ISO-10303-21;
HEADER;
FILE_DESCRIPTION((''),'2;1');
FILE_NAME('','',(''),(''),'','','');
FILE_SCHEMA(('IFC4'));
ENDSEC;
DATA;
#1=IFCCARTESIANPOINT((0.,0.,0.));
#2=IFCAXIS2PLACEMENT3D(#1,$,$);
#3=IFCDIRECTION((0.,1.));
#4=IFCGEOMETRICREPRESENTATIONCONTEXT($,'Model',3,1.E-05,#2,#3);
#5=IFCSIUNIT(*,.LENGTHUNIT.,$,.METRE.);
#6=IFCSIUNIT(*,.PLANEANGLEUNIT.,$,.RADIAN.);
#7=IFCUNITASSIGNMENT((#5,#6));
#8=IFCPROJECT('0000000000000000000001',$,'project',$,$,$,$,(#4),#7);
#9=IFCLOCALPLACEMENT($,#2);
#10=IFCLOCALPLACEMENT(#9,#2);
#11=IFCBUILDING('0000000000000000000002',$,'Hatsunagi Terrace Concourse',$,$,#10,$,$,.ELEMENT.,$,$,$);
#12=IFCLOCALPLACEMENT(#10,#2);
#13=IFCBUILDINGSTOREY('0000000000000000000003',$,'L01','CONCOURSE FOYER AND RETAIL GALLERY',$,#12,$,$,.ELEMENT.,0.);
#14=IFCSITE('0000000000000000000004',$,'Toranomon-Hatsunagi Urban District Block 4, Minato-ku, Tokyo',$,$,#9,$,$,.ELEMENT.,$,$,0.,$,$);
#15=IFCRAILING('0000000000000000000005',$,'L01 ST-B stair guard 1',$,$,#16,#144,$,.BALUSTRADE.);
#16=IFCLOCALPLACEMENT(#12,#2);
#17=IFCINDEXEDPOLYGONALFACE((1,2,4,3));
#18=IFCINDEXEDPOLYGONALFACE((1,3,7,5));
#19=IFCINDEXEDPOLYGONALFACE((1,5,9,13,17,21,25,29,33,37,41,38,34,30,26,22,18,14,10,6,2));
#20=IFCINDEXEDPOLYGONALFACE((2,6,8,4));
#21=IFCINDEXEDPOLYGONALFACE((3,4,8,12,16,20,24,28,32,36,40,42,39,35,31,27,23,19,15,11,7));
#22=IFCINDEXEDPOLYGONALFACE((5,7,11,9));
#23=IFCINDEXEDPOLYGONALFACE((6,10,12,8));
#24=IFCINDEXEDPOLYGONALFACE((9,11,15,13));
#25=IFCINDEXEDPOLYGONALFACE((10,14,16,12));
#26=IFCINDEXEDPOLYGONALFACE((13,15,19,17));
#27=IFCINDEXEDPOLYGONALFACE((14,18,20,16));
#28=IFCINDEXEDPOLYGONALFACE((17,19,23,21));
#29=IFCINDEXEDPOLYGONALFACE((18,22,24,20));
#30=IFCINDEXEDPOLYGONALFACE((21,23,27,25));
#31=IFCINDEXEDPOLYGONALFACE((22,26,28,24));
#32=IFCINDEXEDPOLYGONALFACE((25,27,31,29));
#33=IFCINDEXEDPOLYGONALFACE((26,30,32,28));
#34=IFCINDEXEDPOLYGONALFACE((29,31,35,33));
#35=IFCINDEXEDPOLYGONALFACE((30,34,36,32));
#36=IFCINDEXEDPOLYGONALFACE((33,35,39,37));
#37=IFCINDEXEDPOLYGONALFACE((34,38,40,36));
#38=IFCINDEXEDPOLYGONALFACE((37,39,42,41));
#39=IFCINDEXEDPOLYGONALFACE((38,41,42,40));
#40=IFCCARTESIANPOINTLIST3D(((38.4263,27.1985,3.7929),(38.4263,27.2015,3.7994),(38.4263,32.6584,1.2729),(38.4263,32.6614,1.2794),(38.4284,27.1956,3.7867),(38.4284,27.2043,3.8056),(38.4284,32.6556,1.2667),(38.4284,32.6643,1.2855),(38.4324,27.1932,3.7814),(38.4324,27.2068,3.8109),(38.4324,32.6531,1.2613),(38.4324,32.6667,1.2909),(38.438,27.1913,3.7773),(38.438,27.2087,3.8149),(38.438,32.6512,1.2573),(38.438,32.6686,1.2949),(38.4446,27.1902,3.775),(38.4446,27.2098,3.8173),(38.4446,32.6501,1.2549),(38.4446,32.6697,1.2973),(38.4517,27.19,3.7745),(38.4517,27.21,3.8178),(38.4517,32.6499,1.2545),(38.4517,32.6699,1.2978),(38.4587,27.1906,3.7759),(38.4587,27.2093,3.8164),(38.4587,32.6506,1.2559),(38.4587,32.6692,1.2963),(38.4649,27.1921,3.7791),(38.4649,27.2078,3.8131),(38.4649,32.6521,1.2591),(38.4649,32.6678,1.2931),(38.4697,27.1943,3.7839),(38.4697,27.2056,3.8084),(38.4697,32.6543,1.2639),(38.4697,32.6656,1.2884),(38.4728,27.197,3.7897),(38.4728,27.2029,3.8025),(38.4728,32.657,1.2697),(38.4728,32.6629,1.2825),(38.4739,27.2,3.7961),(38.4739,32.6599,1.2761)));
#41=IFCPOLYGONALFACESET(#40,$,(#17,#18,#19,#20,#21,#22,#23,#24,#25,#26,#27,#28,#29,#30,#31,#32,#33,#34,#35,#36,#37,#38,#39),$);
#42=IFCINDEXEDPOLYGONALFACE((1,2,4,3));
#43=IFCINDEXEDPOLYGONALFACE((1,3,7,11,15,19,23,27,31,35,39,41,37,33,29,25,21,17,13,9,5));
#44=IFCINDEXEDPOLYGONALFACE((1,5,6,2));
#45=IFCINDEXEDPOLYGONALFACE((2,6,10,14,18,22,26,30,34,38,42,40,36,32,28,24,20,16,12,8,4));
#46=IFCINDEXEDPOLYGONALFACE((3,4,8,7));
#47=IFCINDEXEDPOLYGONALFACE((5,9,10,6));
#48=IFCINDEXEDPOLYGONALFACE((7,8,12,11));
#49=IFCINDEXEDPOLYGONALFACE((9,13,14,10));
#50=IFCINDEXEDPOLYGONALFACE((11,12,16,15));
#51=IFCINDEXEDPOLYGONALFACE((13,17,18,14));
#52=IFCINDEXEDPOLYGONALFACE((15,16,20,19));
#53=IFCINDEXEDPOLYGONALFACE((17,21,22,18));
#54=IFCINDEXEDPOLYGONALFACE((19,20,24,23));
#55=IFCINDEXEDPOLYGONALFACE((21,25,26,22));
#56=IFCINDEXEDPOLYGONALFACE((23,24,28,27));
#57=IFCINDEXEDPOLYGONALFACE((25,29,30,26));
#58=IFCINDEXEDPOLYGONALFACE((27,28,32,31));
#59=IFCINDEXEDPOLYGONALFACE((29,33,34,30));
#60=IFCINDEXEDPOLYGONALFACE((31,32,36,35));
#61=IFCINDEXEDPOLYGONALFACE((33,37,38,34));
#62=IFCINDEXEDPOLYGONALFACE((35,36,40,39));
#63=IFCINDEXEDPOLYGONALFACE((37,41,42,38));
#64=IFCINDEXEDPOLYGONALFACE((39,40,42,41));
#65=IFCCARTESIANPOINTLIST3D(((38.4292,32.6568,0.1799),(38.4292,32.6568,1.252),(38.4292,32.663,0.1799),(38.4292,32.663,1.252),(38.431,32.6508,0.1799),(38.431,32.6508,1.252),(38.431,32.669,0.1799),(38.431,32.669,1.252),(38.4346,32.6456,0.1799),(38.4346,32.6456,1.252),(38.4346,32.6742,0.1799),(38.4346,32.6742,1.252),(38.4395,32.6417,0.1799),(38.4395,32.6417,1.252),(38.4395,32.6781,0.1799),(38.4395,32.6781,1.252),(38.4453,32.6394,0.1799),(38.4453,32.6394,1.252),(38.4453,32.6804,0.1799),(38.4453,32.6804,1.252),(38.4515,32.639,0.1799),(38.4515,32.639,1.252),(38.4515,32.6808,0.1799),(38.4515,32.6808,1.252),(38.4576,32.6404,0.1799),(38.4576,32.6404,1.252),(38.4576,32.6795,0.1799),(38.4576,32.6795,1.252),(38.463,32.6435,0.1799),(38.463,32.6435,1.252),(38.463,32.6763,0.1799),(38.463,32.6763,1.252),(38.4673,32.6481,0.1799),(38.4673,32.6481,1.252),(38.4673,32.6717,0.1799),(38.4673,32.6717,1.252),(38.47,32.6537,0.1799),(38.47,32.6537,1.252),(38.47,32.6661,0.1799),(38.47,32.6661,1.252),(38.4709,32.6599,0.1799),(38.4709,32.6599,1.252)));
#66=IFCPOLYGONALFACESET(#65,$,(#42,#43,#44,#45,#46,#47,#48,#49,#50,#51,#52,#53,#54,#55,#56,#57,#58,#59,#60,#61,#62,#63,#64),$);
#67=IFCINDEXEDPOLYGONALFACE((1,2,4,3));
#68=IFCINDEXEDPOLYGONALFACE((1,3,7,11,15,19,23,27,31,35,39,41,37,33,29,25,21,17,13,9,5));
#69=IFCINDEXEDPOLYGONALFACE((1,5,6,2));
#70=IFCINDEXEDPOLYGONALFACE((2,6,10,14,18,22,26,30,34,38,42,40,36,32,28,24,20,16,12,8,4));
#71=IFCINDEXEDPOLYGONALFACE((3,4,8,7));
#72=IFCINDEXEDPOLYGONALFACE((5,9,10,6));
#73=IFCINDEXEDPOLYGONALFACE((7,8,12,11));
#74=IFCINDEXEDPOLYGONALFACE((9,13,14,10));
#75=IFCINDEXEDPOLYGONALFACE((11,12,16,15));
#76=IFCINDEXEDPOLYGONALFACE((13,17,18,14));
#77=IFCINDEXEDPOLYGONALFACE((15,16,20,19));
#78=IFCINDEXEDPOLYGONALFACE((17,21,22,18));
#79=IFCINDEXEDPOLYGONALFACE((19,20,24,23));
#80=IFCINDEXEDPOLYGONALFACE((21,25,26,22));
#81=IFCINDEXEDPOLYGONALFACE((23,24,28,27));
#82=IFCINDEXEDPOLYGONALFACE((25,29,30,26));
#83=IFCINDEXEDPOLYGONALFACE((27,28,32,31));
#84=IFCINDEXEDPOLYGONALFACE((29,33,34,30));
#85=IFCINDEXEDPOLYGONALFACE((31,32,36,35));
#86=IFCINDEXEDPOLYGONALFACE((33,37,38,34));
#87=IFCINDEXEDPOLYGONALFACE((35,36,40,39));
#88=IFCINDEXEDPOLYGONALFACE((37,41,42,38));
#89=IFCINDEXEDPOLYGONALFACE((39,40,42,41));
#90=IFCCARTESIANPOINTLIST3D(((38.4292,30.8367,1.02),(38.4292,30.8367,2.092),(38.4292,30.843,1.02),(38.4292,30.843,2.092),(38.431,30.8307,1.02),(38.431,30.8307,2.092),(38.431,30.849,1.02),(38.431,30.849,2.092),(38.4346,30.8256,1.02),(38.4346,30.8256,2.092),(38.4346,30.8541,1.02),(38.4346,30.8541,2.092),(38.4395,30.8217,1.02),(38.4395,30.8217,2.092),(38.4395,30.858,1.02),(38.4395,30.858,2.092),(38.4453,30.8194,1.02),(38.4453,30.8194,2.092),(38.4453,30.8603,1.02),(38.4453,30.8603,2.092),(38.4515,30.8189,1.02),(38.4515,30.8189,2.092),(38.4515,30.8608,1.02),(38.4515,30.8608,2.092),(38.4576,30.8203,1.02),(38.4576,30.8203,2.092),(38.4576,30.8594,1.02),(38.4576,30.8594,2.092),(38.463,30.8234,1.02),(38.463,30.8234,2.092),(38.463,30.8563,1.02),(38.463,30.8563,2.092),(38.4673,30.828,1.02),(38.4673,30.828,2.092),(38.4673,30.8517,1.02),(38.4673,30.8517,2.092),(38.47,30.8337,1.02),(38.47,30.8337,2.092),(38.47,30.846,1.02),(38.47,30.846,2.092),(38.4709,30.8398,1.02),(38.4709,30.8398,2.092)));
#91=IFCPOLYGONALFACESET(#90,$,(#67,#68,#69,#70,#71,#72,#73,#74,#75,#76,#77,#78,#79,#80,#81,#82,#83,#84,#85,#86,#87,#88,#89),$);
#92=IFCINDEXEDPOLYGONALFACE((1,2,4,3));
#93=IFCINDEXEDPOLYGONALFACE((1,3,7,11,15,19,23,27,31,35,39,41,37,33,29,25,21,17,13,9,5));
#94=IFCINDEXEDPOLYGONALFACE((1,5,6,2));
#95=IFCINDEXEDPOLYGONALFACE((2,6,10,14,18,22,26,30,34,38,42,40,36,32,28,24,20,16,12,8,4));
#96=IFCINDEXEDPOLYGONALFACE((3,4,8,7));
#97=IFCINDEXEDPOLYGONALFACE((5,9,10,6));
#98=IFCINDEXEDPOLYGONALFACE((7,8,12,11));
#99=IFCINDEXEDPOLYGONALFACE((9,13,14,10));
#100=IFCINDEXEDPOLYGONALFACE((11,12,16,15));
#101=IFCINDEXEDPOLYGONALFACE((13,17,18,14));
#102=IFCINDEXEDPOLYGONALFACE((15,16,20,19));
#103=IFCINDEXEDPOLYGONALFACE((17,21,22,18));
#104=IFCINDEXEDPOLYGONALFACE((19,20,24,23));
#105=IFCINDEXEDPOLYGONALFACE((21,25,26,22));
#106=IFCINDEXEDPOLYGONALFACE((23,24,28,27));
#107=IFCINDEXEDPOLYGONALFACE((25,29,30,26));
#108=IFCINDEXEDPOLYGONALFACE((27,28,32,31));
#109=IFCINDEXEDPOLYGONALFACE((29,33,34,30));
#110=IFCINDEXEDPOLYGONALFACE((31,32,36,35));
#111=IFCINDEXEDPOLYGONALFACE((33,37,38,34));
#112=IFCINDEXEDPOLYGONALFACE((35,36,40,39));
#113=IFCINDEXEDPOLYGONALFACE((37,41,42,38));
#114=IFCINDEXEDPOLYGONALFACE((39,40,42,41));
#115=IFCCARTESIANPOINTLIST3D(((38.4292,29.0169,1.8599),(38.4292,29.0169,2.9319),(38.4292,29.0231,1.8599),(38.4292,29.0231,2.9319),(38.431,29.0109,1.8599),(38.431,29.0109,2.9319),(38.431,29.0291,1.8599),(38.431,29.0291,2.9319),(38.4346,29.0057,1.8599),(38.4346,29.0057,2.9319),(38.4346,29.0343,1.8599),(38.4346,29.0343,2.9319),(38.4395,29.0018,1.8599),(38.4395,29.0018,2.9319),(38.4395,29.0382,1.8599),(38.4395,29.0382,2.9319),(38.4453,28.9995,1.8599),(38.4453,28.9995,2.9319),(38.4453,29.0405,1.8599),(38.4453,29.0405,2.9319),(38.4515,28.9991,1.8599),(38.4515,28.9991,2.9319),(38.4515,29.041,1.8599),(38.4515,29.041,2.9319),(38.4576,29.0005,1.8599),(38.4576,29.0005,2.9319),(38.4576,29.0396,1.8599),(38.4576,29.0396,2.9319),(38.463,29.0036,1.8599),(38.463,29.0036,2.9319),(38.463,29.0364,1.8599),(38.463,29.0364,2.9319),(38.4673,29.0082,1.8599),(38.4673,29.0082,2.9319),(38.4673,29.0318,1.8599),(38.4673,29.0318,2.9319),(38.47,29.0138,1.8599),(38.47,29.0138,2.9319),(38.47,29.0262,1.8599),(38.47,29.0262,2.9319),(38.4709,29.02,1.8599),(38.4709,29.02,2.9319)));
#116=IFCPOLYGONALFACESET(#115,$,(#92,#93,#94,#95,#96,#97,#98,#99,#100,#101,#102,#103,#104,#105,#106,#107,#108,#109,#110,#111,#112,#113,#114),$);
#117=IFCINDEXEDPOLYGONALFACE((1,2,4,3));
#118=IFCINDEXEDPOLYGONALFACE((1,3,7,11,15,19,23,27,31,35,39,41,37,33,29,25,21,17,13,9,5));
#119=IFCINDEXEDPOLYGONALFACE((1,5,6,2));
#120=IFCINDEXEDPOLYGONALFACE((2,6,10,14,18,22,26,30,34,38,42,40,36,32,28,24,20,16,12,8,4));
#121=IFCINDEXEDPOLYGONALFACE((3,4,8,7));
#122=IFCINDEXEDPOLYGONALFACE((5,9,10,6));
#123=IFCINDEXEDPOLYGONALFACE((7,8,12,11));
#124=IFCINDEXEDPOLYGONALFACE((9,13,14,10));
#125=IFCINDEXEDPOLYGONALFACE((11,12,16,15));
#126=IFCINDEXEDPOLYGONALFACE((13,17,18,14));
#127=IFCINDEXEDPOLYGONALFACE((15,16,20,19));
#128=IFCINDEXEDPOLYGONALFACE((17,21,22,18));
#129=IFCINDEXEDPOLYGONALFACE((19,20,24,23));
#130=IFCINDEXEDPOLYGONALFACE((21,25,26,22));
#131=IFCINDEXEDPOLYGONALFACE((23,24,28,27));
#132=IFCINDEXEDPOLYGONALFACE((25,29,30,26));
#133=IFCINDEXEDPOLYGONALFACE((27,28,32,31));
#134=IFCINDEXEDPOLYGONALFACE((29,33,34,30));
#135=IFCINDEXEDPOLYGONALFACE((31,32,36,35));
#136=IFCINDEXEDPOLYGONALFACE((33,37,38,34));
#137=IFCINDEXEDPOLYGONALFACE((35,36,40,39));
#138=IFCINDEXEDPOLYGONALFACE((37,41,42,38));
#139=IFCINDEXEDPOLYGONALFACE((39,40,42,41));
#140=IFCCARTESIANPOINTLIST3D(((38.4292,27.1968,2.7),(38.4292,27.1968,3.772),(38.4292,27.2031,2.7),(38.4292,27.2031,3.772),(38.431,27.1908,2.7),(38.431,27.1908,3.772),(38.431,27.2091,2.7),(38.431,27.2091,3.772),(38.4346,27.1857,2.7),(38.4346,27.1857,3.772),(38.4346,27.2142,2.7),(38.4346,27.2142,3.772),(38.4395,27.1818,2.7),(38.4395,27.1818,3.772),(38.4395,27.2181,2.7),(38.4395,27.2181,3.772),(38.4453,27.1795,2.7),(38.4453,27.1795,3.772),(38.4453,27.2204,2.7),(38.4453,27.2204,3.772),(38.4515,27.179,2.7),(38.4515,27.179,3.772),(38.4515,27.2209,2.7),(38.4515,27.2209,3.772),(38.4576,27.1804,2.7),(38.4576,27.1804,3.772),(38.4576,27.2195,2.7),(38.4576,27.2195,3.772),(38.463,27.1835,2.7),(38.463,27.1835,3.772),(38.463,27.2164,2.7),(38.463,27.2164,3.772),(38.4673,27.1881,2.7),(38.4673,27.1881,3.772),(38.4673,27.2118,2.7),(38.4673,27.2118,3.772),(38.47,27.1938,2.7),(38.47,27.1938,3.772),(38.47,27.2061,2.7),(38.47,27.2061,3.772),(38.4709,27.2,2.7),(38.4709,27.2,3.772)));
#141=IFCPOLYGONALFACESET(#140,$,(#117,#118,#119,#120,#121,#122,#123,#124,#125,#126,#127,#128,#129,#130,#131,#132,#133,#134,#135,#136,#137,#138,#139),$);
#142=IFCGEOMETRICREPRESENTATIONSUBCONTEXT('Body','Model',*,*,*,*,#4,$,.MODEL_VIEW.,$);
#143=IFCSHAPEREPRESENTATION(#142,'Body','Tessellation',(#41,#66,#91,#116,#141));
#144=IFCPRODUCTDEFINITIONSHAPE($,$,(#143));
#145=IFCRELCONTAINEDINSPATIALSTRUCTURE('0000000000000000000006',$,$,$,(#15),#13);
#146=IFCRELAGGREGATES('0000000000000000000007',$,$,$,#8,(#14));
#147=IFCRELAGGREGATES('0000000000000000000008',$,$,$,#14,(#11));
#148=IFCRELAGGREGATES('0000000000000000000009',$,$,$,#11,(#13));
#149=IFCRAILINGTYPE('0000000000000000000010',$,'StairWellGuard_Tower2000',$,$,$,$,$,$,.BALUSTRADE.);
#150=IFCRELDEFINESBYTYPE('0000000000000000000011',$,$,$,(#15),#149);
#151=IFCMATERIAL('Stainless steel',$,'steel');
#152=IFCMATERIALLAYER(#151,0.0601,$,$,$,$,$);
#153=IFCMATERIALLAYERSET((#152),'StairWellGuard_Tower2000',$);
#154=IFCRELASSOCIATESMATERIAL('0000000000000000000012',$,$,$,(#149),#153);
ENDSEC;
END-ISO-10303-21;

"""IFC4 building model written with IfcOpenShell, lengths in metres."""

from ifc_helpers import new_model, si_unit, direction, frame, origin, origin_2d, place, context, subcontext, project, spatial, circle, extrude, material, layer, layer_set, type_object, element, save


model = new_model("IFC4")

# Units and contexts
model_context = context("Model", 3, precision=1e-05, world=origin(), true_north=direction((0.0, 1.0)))
body_context = subcontext(model_context, "Body", "Model", "MODEL_VIEW")
ifc_project = project(units=[si_unit("LENGTHUNIT", "METRE"), si_unit("PLANEANGLEUNIT", "RADIAN")], contexts=[model_context])

# Site, building, storey
site_placement = place(None, origin())
site = spatial("IfcSite", under=ifc_project, at=site_placement, Name="Toranomon-Hatsunagi Urban District Block 4, Minato-ku, Tokyo", CompositionType="ELEMENT", RefElevation=0.0)
building_placement = place(site_placement, origin())
building = spatial("IfcBuilding", under=site, at=building_placement, Name="Hatsunagi Terrace Concourse", CompositionType="ELEMENT")
storey_placement = place(building_placement, origin())
storey = spatial("IfcBuildingStorey", under=building, at=storey_placement, Name="L01", Description="CONCOURSE FOYER AND RETAIL GALLERY", CompositionType="ELEMENT", Elevation=0.0)

# Railing
ifc_material_1 = material(Name="Stainless steel", Category="steel")
ifc_layer_1 = layer(ifc_material_1, 0.0601)
ifc_layer_set_1 = layer_set([ifc_layer_1], Name="StairWellGuard_Tower2000")
railing_type_1 = type_object("IfcRailingType", Name="StairWellGuard_Tower2000", PredefinedType="BALUSTRADE", material=ifc_layer_set_1)
railing_1_placement = place(storey_placement, frame((38.45, 32.6599, 0.1799)))
element("IfcRailing", 1, at=railing_1_placement, inside=storey, type_object=railing_type_1, Name="L01 ST-B stair guard 1", PredefinedType="BALUSTRADE", context=body_context, shape_type="SweptSolid", body=[
    extrude(circle(Radius=0.0239, at=origin_2d()), frame((0.0, 0.0, 1.0962), z_axis=(0.0, -0.907957, 0.419063), x_axis=(1.0, 0.0, 0.0)), (0.0, 0.0, 1.0), 6.0134),
    extrude(circle(Radius=0.021, at=origin_2d()), origin(), (0.0, 0.0, 1.0), 1.072),
    extrude(circle(Radius=0.021, at=origin_2d()), frame((0.0, -1.8201, 0.8401)), (0.0, 0.0, 1.0), 1.072),
    extrude(circle(Radius=0.021, at=origin_2d()), frame((0.0, -3.6399, 1.6799)), (0.0, 0.0, 1.0), 1.072),
    extrude(circle(Radius=0.021, at=origin_2d()), frame((0.0, -5.46, 2.52)), (0.0, 0.0, 1.0), 1.072),
])

save(model, "model.ifc")
